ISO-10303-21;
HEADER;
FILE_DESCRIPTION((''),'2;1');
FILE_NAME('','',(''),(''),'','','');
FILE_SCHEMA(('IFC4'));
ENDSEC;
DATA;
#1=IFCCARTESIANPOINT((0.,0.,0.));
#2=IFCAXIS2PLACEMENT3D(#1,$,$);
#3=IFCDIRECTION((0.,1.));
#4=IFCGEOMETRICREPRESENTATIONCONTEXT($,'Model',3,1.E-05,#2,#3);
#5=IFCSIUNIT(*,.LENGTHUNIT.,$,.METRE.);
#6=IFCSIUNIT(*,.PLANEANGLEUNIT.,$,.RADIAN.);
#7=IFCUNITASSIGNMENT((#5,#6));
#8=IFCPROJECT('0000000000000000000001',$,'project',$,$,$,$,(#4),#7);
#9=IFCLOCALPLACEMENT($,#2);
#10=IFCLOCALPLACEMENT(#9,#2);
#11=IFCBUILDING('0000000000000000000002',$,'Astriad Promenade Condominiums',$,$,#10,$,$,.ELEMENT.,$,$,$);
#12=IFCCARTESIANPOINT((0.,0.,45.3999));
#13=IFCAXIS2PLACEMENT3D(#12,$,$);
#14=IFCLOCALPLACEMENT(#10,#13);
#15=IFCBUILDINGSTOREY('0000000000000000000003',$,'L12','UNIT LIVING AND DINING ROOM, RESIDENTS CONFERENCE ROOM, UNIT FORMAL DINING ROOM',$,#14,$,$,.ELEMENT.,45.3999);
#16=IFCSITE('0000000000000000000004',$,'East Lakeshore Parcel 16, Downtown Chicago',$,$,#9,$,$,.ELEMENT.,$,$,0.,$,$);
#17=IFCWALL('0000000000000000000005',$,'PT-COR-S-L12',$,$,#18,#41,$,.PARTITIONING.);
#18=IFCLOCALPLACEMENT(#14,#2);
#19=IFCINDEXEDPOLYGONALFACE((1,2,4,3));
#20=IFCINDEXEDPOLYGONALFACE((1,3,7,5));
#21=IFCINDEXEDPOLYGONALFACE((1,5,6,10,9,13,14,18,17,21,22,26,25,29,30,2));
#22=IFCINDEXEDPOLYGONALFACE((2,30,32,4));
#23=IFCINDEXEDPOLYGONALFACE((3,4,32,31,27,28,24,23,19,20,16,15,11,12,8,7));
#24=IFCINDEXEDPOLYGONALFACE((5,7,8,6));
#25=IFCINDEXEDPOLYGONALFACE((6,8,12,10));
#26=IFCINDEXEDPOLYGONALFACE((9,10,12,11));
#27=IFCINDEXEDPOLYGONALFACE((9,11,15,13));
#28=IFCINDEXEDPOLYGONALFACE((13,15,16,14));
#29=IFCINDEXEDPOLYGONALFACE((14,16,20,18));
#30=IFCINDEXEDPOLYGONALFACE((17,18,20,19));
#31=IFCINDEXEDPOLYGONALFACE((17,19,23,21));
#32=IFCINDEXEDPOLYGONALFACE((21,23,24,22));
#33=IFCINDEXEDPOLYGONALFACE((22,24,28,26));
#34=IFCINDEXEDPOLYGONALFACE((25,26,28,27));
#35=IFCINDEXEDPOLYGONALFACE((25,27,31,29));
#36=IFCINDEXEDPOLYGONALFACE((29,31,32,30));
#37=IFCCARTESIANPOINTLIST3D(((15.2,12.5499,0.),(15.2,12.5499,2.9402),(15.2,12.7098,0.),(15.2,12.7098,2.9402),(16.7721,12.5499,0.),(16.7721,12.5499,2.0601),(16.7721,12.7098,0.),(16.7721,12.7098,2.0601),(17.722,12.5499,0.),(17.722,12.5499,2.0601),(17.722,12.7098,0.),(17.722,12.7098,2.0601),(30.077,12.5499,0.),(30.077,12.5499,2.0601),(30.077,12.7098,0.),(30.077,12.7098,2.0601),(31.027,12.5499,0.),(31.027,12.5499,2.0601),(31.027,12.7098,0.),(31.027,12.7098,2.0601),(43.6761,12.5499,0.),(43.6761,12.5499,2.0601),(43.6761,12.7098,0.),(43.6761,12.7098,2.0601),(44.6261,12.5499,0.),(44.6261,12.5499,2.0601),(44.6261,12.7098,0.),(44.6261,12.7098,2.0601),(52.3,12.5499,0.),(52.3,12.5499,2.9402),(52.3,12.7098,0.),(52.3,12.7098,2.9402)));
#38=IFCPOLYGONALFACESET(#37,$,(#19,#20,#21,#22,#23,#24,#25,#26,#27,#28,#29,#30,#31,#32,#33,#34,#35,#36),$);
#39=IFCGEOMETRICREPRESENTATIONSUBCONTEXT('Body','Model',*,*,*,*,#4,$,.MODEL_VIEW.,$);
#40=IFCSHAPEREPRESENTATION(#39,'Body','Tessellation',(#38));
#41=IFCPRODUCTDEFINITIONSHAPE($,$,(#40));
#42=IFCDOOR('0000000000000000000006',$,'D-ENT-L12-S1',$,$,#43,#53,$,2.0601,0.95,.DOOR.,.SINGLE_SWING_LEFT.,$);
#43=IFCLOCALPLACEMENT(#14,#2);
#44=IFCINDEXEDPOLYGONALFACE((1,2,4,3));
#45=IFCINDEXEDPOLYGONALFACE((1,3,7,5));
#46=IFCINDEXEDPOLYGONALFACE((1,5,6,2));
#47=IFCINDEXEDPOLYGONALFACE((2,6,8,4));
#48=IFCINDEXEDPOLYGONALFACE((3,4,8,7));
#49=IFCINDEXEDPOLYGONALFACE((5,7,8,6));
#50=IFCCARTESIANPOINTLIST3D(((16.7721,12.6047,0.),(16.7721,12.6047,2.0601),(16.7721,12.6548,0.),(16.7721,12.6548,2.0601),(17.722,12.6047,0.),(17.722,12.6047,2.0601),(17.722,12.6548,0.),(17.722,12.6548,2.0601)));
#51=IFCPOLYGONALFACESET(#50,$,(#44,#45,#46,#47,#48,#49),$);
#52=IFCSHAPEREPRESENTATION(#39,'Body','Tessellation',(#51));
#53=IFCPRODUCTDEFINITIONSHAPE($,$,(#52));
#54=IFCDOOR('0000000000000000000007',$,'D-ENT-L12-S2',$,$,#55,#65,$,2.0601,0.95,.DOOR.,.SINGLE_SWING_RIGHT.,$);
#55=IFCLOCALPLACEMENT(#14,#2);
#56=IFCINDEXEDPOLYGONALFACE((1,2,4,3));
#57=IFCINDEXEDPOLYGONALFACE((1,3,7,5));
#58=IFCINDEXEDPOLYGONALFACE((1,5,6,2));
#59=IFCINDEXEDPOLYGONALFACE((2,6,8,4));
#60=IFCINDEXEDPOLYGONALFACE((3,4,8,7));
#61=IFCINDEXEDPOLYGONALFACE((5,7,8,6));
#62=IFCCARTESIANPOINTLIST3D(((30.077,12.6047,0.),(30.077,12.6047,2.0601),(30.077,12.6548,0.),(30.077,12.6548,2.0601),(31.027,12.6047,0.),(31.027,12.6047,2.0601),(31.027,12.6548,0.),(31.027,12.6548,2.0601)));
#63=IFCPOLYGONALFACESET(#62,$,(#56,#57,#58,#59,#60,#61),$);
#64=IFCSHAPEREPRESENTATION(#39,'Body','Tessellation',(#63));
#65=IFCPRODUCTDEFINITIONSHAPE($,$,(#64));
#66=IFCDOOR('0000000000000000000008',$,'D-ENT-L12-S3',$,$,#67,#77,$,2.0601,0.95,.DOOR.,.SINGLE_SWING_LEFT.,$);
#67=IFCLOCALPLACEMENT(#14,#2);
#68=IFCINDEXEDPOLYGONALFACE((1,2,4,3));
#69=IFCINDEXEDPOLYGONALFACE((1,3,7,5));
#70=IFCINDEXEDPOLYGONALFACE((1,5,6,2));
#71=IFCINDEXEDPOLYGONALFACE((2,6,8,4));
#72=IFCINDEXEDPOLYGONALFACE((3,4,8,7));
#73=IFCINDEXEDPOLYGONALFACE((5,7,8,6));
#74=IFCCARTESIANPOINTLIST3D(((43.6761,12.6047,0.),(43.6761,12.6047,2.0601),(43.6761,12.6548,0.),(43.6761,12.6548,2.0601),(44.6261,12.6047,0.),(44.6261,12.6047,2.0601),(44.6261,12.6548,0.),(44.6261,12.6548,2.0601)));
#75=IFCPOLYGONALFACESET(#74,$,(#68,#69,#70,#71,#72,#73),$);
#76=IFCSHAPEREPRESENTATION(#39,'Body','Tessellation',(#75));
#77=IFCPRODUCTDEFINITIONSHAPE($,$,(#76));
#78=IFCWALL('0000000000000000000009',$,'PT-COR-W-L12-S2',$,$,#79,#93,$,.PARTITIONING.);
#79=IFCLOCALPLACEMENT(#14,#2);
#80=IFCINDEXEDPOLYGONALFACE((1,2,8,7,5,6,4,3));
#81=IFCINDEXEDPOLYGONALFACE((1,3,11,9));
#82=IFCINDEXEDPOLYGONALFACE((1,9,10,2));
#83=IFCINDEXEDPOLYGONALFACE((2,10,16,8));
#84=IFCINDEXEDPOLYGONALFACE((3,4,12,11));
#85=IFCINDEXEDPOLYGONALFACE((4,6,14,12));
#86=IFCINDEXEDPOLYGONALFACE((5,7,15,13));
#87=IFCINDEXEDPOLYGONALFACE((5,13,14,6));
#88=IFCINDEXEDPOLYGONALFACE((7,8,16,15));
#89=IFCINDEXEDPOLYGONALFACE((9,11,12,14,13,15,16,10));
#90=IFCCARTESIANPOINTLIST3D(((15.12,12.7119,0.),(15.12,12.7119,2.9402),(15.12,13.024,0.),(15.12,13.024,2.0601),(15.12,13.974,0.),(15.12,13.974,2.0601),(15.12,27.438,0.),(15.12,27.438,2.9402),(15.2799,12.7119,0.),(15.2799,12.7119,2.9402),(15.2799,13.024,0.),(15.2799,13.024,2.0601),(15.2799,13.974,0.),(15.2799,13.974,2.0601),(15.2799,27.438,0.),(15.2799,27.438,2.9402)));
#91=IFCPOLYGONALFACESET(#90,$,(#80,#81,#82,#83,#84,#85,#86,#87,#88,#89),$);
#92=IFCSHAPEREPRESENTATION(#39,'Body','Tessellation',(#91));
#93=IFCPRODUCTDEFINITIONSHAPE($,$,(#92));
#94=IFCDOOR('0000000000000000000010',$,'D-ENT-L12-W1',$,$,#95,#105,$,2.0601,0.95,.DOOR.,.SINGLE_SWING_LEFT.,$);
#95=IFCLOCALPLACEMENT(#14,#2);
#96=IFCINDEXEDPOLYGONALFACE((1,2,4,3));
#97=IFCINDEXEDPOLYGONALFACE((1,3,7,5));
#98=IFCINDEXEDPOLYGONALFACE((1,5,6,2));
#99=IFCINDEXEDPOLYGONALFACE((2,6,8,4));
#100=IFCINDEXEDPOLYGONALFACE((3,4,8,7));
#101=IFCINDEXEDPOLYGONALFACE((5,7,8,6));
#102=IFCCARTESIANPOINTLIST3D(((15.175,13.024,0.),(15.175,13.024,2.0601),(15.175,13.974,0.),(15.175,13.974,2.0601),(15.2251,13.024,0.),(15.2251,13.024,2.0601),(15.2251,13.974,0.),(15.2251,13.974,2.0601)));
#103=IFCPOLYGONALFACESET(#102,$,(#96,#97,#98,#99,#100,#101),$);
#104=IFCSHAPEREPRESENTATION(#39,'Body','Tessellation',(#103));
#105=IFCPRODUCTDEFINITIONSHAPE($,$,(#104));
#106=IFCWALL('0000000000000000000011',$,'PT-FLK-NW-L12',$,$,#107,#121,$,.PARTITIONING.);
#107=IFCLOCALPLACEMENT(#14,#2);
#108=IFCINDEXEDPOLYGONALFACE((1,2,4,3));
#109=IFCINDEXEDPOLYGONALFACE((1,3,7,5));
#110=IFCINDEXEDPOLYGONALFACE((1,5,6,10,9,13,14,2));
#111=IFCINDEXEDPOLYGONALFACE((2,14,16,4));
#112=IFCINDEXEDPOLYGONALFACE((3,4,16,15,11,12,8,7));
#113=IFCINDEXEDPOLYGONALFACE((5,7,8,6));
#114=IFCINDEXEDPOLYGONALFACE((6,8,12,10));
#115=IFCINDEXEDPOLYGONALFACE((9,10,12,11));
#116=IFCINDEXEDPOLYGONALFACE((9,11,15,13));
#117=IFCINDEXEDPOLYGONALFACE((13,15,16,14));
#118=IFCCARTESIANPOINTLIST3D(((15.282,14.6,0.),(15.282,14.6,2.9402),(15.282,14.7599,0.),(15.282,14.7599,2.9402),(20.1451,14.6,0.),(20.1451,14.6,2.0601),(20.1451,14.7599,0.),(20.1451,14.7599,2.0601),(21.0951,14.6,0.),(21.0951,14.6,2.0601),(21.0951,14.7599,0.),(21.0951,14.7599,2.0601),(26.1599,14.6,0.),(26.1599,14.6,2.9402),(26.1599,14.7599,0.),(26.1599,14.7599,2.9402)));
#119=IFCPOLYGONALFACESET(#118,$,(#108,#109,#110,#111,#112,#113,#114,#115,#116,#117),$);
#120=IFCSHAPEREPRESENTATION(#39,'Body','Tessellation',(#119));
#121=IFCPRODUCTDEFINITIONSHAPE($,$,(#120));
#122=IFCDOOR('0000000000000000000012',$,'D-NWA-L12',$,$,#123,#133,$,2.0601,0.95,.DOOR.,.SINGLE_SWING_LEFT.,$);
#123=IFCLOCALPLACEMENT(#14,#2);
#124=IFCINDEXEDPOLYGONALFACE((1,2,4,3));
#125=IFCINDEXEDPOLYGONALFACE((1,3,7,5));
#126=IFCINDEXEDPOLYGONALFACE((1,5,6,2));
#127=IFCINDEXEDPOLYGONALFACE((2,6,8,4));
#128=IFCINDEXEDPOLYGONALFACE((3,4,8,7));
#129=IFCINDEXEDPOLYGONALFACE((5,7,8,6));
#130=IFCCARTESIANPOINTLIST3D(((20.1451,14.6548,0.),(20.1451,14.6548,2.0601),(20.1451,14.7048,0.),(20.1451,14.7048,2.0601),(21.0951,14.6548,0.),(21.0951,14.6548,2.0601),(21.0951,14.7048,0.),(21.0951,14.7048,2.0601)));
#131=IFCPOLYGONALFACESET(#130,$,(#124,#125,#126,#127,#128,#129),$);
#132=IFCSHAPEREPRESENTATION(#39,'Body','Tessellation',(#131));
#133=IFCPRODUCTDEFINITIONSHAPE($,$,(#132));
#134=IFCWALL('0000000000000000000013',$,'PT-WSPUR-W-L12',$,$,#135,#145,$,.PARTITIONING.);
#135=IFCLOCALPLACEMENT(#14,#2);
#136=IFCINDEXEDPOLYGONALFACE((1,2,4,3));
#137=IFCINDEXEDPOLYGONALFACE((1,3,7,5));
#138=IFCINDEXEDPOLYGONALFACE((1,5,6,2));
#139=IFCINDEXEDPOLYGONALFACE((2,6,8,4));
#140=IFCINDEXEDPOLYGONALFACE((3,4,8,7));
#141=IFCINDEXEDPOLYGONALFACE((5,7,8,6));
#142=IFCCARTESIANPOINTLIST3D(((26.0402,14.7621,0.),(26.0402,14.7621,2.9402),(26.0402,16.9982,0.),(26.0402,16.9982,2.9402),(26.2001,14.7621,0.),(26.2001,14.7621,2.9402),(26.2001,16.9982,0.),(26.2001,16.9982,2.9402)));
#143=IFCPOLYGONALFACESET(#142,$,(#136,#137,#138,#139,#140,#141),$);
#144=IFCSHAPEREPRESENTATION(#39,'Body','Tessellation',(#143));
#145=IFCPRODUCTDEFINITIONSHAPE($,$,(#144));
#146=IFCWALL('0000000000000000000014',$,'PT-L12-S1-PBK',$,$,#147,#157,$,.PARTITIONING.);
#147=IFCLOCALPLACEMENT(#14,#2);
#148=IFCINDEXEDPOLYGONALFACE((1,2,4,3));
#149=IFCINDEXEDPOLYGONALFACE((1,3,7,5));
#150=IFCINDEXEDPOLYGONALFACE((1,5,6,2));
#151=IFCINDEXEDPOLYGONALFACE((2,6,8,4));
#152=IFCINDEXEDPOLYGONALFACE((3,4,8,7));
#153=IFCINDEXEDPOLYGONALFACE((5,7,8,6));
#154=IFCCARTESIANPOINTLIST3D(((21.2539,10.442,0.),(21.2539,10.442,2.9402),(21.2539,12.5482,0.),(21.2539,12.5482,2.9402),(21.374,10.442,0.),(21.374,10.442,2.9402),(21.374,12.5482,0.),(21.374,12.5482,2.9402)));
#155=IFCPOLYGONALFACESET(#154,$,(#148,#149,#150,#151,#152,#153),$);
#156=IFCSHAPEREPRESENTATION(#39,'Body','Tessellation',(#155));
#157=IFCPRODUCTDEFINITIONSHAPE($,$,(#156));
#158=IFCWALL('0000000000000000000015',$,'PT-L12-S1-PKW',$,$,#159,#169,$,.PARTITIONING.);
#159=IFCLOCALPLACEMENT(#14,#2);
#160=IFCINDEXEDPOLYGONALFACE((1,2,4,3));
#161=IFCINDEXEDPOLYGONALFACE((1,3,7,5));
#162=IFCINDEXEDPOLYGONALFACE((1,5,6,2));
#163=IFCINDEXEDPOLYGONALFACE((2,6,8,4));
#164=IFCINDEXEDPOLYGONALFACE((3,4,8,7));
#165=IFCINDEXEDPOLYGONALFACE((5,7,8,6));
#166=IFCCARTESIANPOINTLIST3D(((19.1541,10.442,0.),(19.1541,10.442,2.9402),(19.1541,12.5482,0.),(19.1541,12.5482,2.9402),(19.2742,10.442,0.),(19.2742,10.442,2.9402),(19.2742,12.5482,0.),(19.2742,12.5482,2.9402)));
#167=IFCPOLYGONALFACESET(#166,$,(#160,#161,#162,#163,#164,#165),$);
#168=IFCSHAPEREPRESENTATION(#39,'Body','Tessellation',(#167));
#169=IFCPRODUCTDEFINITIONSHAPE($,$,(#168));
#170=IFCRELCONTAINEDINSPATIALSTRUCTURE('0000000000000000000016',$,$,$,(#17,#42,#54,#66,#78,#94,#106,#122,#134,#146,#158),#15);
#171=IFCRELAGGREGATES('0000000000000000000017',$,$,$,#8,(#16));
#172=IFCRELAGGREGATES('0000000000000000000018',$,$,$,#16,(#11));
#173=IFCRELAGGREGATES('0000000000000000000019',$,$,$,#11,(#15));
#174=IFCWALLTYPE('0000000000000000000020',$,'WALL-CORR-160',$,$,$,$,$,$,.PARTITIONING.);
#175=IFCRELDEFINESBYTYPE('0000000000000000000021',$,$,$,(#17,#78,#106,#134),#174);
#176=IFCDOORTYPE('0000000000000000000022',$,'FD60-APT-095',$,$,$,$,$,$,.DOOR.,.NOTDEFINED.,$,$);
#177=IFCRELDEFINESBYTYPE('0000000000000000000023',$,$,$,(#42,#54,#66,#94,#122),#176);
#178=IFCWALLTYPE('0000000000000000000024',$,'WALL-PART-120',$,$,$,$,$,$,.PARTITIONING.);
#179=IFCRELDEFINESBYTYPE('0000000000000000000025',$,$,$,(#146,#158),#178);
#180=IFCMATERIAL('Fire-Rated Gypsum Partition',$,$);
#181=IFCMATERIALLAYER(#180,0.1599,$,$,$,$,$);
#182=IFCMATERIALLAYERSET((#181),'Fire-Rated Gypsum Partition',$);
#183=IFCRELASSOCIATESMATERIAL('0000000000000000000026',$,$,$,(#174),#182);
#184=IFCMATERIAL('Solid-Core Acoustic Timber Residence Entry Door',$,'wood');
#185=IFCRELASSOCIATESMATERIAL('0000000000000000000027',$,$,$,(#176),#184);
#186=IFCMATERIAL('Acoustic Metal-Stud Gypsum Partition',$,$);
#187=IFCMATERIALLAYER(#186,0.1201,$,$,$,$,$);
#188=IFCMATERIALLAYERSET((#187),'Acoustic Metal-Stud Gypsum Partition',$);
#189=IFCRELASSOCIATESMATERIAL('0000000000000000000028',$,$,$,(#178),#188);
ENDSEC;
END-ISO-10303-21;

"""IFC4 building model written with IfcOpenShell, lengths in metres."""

from ifc_helpers import new_model, si_unit, direction, frame, frame_2d, origin, place, context, subcontext, project, spatial, rectangle, extrude, source, transform, mapped, material, layer, layer_set, type_object, type_shapes, element, fill, save


model = new_model("IFC4")

# Units and contexts
model_context = context("Model", 3, precision=1e-05, world=origin(), true_north=direction((0.0, 1.0)))
body_context = subcontext(model_context, "Body", "Model", "MODEL_VIEW")
ifc_project = project(units=[si_unit("LENGTHUNIT", "METRE"), si_unit("PLANEANGLEUNIT", "RADIAN")], contexts=[model_context])

# Site, building, storey
site_placement = place(None, origin())
site = spatial("IfcSite", under=ifc_project, at=site_placement, Name="East Lakeshore Parcel 16, Downtown Chicago", CompositionType="ELEMENT", RefElevation=0.0)
building_placement = place(site_placement, origin())
building = spatial("IfcBuilding", under=site, at=building_placement, Name="Astriad Promenade Condominiums", CompositionType="ELEMENT")
storey_placement = place(building_placement, frame((0.0, 0.0, 45.3999)))
storey = spatial("IfcBuildingStorey", under=building, at=storey_placement, Name="L12", Description="UNIT LIVING AND DINING ROOM, RESIDENTS CONFERENCE ROOM, UNIT FORMAL DINING ROOM", CompositionType="ELEMENT", Elevation=45.3999)

# Wall, openings, doors
ifc_material_1 = material(Name="Fire-Rated Gypsum Partition")
ifc_layer_1 = layer(ifc_material_1, 0.1599)
ifc_layer_set_1 = layer_set([ifc_layer_1], Name="Fire-Rated Gypsum Partition")
wall_type_1 = type_object("IfcWallType", Name="WALL-CORR-160", PredefinedType="PARTITIONING", material=ifc_layer_set_1)
wall_1_placement = place(storey_placement, frame((15.2, 12.6299, 0.0), z_axis=(0.0, 0.0, 1.0), x_axis=(1.0, 0.0, 0.0)))
wall_1 = element("IfcWall", 1, at=wall_1_placement, inside=storey, type_object=wall_type_1, Name="PT-COR-S-L12", PredefinedType="PARTITIONING", context=body_context, shape_type="SweptSolid", body=[
    extrude(rectangle(XDim=37.1001, YDim=0.1599, at=frame_2d((18.55, 0.0))), origin(), (0.0, 0.0, 1.0), 2.9402),
])
opening_1_placement = place(wall_1_placement, frame((1.572, 0.0, 0.0)))
opening_1 = element("IfcOpeningElement", 2, at=opening_1_placement, cuts=wall_1, PredefinedType="OPENING", context=body_context, shape_type="SweptSolid", body=[
    extrude(rectangle(XDim=0.95, YDim=2.0601, at=frame_2d((0.4751, 1.03))), frame((0.0, 0.0898, 0.0), z_axis=(0.0, -1.0, 0.0), x_axis=(1.0, 0.0, 0.0)), (0.0, 0.0, 1.0), 0.1799),
])
opening_2_placement = place(wall_1_placement, frame((14.877, 0.0, 0.0)))
opening_2 = element("IfcOpeningElement", 3, at=opening_2_placement, cuts=wall_1, PredefinedType="OPENING", context=body_context, shape_type="SweptSolid", body=[
    extrude(rectangle(XDim=0.95, YDim=2.0601, at=frame_2d((0.4751, 1.03))), frame((0.0, 0.0898, 0.0), z_axis=(0.0, -1.0, 0.0), x_axis=(1.0, 0.0, 0.0)), (0.0, 0.0, 1.0), 0.1799),
])
opening_3_placement = place(wall_1_placement, frame((28.4761, 0.0, 0.0)))
opening_3 = element("IfcOpeningElement", 4, at=opening_3_placement, cuts=wall_1, PredefinedType="OPENING", context=body_context, shape_type="SweptSolid", body=[
    extrude(rectangle(XDim=0.95, YDim=2.0601, at=frame_2d((0.4751, 1.03))), frame((0.0, 0.0898, 0.0), z_axis=(0.0, -1.0, 0.0), x_axis=(1.0, 0.0, 0.0)), (0.0, 0.0, 1.0), 0.1799),
])
ifc_material_2 = material(Name="Solid-Core Acoustic Timber Residence Entry Door", Category="wood")
door_type = type_object("IfcDoorType", Name="FD60-APT-095", OperationType="NOTDEFINED", PredefinedType="DOOR", material=ifc_material_2)
shared_shape_1 = source(origin(), body_context, "Body", "SweptSolid", [
    extrude(rectangle(XDim=0.95, YDim=2.0601, at=frame_2d((0.4751, 1.03))), frame((0.0, 0.0249, 0.0), z_axis=(0.0, -1.0, 0.0), x_axis=(1.0, 0.0, 0.0)), (0.0, 0.0, 1.0), 0.05),
])
type_shapes(door_type, [shared_shape_1])
door_1_placement = place(opening_1_placement, origin())
door_1 = element("IfcDoor", 5, at=door_1_placement, inside=storey, type_object=door_type, Name="D-ENT-L12-S1", OperationType="SINGLE_SWING_LEFT", OverallHeight=2.0601, OverallWidth=0.95, PredefinedType="DOOR", context=body_context, shape_type="MappedRepresentation", body=[
    mapped(shared_shape_1, transform((0.0, 0.0, 0.0), scale=1.0)),
])
fill(opening_1, door_1)
door_2_placement = place(opening_2_placement, origin())
door_2 = element("IfcDoor", 6, at=door_2_placement, inside=storey, type_object=door_type, Name="D-ENT-L12-S2", OperationType="SINGLE_SWING_RIGHT", OverallHeight=2.0601, OverallWidth=0.95, PredefinedType="DOOR", context=body_context, shape_type="MappedRepresentation", body=[
    mapped(shared_shape_1, transform((0.0, 0.0, 0.0), scale=1.0)),
])
fill(opening_2, door_2)
door_3_placement = place(opening_3_placement, origin())
door_3 = element("IfcDoor", 7, at=door_3_placement, inside=storey, type_object=door_type, Name="D-ENT-L12-S3", OperationType="SINGLE_SWING_LEFT", OverallHeight=2.0601, OverallWidth=0.95, PredefinedType="DOOR", context=body_context, shape_type="MappedRepresentation", body=[
    mapped(shared_shape_1, transform((0.0, 0.0, 0.0), scale=1.0)),
])
fill(opening_3, door_3)

# Walls, openings, doors
wall_2_placement = place(storey_placement, frame((15.2, 12.7119, 0.0), z_axis=(0.0, 0.0, 1.0), x_axis=(0.0, 1.0, 0.0)))
wall_2 = element("IfcWall", 8, at=wall_2_placement, inside=storey, type_object=wall_type_1, Name="PT-COR-W-L12-S2", PredefinedType="PARTITIONING", context=body_context, shape_type="SweptSolid", body=[
    extrude(rectangle(XDim=14.7261, YDim=0.1599, at=frame_2d((7.363, 0.0))), origin(), (0.0, 0.0, 1.0), 2.9402),
])
opening_4_placement = place(wall_2_placement, frame((0.312, 0.0, 0.0)))
opening_4 = element("IfcOpeningElement", 9, at=opening_4_placement, cuts=wall_2, PredefinedType="OPENING", context=body_context, shape_type="SweptSolid", body=[
    extrude(rectangle(XDim=0.95, YDim=2.0601, at=frame_2d((0.4751, 1.03))), frame((0.0, 0.0898, 0.0), z_axis=(0.0, -1.0, 0.0), x_axis=(1.0, 0.0, 0.0)), (0.0, 0.0, 1.0), 0.1799),
])
door_4_placement = place(opening_4_placement, origin())
door_4 = element("IfcDoor", 10, at=door_4_placement, inside=storey, type_object=door_type, Name="D-ENT-L12-W1", OperationType="SINGLE_SWING_LEFT", OverallHeight=2.0601, OverallWidth=0.95, PredefinedType="DOOR", context=body_context, shape_type="MappedRepresentation", body=[
    mapped(shared_shape_1, transform((0.0, 0.0, 0.0), scale=1.0)),
])
fill(opening_4, door_4)
wall_3_placement = place(storey_placement, frame((15.282, 14.6799, 0.0), z_axis=(0.0, 0.0, 1.0), x_axis=(1.0, 0.0, 0.0)))
wall_3 = element("IfcWall", 11, at=wall_3_placement, inside=storey, type_object=wall_type_1, Name="PT-FLK-NW-L12", PredefinedType="PARTITIONING", context=body_context, shape_type="SweptSolid", body=[
    extrude(rectangle(XDim=10.8779, YDim=0.1599, at=frame_2d((5.439, 0.0))), origin(), (0.0, 0.0, 1.0), 2.9402),
])
opening_5_placement = place(wall_3_placement, frame((4.863, 0.0, 0.0)))
opening_5 = element("IfcOpeningElement", 12, at=opening_5_placement, cuts=wall_3, PredefinedType="OPENING", context=body_context, shape_type="SweptSolid", body=[
    extrude(rectangle(XDim=0.95, YDim=2.0601, at=frame_2d((0.4751, 1.03))), frame((0.0, 0.0898, 0.0), z_axis=(0.0, -1.0, 0.0), x_axis=(1.0, 0.0, 0.0)), (0.0, 0.0, 1.0), 0.1799),
])
door_5_placement = place(opening_5_placement, origin())
door_5 = element("IfcDoor", 13, at=door_5_placement, inside=storey, type_object=door_type, Name="D-NWA-L12", OperationType="SINGLE_SWING_LEFT", OverallHeight=2.0601, OverallWidth=0.95, PredefinedType="DOOR", context=body_context, shape_type="MappedRepresentation", body=[
    mapped(shared_shape_1, transform((0.0, 0.0, 0.0), scale=1.0)),
])
fill(opening_5, door_5)

# Walls
wall_4_placement = place(storey_placement, frame((26.1201, 14.762, 0.0), z_axis=(0.0, 0.0, 1.0), x_axis=(0.0, 1.0, 0.0)))
element("IfcWall", 14, at=wall_4_placement, inside=storey, type_object=wall_type_1, Name="PT-WSPUR-W-L12", PredefinedType="PARTITIONING", context=body_context, shape_type="SweptSolid", body=[
    extrude(rectangle(XDim=2.2361, YDim=0.1599, at=frame_2d((1.1182, 0.0))), origin(), (0.0, 0.0, 1.0), 2.9402),
])
ifc_material_3 = material(Name="Acoustic Metal-Stud Gypsum Partition")
ifc_layer_2 = layer(ifc_material_3, 0.1201)
ifc_layer_set_2 = layer_set([ifc_layer_2], Name="Acoustic Metal-Stud Gypsum Partition")
wall_type_2 = type_object("IfcWallType", Name="WALL-PART-120", PredefinedType="PARTITIONING", material=ifc_layer_set_2)
for number, where, z_axis, x_axis, name in (
    (15, (21.314, 10.4419, 0.0), (0.0, 0.0, 1.0), (0.0, 1.0, 0.0), "PT-L12-S1-PBK"),
    (16, (19.2141, 10.4419, 0.0), (0.0, 0.0, 1.0), (0.0, 1.0, 0.0), "PT-L12-S1-PKW"),
):
    element("IfcWall", number, at=place(storey_placement, frame(where, z_axis=z_axis, x_axis=x_axis)), inside=storey, type_object=wall_type_2, Name=name, PredefinedType="PARTITIONING", context=body_context, shape_type="SweptSolid", body=[
        extrude(rectangle(XDim=2.1062, YDim=0.1201, at=frame_2d((1.0532, 0.0))), origin(), (0.0, 0.0, 1.0), 2.9402),
    ])

save(model, "model.ifc")
